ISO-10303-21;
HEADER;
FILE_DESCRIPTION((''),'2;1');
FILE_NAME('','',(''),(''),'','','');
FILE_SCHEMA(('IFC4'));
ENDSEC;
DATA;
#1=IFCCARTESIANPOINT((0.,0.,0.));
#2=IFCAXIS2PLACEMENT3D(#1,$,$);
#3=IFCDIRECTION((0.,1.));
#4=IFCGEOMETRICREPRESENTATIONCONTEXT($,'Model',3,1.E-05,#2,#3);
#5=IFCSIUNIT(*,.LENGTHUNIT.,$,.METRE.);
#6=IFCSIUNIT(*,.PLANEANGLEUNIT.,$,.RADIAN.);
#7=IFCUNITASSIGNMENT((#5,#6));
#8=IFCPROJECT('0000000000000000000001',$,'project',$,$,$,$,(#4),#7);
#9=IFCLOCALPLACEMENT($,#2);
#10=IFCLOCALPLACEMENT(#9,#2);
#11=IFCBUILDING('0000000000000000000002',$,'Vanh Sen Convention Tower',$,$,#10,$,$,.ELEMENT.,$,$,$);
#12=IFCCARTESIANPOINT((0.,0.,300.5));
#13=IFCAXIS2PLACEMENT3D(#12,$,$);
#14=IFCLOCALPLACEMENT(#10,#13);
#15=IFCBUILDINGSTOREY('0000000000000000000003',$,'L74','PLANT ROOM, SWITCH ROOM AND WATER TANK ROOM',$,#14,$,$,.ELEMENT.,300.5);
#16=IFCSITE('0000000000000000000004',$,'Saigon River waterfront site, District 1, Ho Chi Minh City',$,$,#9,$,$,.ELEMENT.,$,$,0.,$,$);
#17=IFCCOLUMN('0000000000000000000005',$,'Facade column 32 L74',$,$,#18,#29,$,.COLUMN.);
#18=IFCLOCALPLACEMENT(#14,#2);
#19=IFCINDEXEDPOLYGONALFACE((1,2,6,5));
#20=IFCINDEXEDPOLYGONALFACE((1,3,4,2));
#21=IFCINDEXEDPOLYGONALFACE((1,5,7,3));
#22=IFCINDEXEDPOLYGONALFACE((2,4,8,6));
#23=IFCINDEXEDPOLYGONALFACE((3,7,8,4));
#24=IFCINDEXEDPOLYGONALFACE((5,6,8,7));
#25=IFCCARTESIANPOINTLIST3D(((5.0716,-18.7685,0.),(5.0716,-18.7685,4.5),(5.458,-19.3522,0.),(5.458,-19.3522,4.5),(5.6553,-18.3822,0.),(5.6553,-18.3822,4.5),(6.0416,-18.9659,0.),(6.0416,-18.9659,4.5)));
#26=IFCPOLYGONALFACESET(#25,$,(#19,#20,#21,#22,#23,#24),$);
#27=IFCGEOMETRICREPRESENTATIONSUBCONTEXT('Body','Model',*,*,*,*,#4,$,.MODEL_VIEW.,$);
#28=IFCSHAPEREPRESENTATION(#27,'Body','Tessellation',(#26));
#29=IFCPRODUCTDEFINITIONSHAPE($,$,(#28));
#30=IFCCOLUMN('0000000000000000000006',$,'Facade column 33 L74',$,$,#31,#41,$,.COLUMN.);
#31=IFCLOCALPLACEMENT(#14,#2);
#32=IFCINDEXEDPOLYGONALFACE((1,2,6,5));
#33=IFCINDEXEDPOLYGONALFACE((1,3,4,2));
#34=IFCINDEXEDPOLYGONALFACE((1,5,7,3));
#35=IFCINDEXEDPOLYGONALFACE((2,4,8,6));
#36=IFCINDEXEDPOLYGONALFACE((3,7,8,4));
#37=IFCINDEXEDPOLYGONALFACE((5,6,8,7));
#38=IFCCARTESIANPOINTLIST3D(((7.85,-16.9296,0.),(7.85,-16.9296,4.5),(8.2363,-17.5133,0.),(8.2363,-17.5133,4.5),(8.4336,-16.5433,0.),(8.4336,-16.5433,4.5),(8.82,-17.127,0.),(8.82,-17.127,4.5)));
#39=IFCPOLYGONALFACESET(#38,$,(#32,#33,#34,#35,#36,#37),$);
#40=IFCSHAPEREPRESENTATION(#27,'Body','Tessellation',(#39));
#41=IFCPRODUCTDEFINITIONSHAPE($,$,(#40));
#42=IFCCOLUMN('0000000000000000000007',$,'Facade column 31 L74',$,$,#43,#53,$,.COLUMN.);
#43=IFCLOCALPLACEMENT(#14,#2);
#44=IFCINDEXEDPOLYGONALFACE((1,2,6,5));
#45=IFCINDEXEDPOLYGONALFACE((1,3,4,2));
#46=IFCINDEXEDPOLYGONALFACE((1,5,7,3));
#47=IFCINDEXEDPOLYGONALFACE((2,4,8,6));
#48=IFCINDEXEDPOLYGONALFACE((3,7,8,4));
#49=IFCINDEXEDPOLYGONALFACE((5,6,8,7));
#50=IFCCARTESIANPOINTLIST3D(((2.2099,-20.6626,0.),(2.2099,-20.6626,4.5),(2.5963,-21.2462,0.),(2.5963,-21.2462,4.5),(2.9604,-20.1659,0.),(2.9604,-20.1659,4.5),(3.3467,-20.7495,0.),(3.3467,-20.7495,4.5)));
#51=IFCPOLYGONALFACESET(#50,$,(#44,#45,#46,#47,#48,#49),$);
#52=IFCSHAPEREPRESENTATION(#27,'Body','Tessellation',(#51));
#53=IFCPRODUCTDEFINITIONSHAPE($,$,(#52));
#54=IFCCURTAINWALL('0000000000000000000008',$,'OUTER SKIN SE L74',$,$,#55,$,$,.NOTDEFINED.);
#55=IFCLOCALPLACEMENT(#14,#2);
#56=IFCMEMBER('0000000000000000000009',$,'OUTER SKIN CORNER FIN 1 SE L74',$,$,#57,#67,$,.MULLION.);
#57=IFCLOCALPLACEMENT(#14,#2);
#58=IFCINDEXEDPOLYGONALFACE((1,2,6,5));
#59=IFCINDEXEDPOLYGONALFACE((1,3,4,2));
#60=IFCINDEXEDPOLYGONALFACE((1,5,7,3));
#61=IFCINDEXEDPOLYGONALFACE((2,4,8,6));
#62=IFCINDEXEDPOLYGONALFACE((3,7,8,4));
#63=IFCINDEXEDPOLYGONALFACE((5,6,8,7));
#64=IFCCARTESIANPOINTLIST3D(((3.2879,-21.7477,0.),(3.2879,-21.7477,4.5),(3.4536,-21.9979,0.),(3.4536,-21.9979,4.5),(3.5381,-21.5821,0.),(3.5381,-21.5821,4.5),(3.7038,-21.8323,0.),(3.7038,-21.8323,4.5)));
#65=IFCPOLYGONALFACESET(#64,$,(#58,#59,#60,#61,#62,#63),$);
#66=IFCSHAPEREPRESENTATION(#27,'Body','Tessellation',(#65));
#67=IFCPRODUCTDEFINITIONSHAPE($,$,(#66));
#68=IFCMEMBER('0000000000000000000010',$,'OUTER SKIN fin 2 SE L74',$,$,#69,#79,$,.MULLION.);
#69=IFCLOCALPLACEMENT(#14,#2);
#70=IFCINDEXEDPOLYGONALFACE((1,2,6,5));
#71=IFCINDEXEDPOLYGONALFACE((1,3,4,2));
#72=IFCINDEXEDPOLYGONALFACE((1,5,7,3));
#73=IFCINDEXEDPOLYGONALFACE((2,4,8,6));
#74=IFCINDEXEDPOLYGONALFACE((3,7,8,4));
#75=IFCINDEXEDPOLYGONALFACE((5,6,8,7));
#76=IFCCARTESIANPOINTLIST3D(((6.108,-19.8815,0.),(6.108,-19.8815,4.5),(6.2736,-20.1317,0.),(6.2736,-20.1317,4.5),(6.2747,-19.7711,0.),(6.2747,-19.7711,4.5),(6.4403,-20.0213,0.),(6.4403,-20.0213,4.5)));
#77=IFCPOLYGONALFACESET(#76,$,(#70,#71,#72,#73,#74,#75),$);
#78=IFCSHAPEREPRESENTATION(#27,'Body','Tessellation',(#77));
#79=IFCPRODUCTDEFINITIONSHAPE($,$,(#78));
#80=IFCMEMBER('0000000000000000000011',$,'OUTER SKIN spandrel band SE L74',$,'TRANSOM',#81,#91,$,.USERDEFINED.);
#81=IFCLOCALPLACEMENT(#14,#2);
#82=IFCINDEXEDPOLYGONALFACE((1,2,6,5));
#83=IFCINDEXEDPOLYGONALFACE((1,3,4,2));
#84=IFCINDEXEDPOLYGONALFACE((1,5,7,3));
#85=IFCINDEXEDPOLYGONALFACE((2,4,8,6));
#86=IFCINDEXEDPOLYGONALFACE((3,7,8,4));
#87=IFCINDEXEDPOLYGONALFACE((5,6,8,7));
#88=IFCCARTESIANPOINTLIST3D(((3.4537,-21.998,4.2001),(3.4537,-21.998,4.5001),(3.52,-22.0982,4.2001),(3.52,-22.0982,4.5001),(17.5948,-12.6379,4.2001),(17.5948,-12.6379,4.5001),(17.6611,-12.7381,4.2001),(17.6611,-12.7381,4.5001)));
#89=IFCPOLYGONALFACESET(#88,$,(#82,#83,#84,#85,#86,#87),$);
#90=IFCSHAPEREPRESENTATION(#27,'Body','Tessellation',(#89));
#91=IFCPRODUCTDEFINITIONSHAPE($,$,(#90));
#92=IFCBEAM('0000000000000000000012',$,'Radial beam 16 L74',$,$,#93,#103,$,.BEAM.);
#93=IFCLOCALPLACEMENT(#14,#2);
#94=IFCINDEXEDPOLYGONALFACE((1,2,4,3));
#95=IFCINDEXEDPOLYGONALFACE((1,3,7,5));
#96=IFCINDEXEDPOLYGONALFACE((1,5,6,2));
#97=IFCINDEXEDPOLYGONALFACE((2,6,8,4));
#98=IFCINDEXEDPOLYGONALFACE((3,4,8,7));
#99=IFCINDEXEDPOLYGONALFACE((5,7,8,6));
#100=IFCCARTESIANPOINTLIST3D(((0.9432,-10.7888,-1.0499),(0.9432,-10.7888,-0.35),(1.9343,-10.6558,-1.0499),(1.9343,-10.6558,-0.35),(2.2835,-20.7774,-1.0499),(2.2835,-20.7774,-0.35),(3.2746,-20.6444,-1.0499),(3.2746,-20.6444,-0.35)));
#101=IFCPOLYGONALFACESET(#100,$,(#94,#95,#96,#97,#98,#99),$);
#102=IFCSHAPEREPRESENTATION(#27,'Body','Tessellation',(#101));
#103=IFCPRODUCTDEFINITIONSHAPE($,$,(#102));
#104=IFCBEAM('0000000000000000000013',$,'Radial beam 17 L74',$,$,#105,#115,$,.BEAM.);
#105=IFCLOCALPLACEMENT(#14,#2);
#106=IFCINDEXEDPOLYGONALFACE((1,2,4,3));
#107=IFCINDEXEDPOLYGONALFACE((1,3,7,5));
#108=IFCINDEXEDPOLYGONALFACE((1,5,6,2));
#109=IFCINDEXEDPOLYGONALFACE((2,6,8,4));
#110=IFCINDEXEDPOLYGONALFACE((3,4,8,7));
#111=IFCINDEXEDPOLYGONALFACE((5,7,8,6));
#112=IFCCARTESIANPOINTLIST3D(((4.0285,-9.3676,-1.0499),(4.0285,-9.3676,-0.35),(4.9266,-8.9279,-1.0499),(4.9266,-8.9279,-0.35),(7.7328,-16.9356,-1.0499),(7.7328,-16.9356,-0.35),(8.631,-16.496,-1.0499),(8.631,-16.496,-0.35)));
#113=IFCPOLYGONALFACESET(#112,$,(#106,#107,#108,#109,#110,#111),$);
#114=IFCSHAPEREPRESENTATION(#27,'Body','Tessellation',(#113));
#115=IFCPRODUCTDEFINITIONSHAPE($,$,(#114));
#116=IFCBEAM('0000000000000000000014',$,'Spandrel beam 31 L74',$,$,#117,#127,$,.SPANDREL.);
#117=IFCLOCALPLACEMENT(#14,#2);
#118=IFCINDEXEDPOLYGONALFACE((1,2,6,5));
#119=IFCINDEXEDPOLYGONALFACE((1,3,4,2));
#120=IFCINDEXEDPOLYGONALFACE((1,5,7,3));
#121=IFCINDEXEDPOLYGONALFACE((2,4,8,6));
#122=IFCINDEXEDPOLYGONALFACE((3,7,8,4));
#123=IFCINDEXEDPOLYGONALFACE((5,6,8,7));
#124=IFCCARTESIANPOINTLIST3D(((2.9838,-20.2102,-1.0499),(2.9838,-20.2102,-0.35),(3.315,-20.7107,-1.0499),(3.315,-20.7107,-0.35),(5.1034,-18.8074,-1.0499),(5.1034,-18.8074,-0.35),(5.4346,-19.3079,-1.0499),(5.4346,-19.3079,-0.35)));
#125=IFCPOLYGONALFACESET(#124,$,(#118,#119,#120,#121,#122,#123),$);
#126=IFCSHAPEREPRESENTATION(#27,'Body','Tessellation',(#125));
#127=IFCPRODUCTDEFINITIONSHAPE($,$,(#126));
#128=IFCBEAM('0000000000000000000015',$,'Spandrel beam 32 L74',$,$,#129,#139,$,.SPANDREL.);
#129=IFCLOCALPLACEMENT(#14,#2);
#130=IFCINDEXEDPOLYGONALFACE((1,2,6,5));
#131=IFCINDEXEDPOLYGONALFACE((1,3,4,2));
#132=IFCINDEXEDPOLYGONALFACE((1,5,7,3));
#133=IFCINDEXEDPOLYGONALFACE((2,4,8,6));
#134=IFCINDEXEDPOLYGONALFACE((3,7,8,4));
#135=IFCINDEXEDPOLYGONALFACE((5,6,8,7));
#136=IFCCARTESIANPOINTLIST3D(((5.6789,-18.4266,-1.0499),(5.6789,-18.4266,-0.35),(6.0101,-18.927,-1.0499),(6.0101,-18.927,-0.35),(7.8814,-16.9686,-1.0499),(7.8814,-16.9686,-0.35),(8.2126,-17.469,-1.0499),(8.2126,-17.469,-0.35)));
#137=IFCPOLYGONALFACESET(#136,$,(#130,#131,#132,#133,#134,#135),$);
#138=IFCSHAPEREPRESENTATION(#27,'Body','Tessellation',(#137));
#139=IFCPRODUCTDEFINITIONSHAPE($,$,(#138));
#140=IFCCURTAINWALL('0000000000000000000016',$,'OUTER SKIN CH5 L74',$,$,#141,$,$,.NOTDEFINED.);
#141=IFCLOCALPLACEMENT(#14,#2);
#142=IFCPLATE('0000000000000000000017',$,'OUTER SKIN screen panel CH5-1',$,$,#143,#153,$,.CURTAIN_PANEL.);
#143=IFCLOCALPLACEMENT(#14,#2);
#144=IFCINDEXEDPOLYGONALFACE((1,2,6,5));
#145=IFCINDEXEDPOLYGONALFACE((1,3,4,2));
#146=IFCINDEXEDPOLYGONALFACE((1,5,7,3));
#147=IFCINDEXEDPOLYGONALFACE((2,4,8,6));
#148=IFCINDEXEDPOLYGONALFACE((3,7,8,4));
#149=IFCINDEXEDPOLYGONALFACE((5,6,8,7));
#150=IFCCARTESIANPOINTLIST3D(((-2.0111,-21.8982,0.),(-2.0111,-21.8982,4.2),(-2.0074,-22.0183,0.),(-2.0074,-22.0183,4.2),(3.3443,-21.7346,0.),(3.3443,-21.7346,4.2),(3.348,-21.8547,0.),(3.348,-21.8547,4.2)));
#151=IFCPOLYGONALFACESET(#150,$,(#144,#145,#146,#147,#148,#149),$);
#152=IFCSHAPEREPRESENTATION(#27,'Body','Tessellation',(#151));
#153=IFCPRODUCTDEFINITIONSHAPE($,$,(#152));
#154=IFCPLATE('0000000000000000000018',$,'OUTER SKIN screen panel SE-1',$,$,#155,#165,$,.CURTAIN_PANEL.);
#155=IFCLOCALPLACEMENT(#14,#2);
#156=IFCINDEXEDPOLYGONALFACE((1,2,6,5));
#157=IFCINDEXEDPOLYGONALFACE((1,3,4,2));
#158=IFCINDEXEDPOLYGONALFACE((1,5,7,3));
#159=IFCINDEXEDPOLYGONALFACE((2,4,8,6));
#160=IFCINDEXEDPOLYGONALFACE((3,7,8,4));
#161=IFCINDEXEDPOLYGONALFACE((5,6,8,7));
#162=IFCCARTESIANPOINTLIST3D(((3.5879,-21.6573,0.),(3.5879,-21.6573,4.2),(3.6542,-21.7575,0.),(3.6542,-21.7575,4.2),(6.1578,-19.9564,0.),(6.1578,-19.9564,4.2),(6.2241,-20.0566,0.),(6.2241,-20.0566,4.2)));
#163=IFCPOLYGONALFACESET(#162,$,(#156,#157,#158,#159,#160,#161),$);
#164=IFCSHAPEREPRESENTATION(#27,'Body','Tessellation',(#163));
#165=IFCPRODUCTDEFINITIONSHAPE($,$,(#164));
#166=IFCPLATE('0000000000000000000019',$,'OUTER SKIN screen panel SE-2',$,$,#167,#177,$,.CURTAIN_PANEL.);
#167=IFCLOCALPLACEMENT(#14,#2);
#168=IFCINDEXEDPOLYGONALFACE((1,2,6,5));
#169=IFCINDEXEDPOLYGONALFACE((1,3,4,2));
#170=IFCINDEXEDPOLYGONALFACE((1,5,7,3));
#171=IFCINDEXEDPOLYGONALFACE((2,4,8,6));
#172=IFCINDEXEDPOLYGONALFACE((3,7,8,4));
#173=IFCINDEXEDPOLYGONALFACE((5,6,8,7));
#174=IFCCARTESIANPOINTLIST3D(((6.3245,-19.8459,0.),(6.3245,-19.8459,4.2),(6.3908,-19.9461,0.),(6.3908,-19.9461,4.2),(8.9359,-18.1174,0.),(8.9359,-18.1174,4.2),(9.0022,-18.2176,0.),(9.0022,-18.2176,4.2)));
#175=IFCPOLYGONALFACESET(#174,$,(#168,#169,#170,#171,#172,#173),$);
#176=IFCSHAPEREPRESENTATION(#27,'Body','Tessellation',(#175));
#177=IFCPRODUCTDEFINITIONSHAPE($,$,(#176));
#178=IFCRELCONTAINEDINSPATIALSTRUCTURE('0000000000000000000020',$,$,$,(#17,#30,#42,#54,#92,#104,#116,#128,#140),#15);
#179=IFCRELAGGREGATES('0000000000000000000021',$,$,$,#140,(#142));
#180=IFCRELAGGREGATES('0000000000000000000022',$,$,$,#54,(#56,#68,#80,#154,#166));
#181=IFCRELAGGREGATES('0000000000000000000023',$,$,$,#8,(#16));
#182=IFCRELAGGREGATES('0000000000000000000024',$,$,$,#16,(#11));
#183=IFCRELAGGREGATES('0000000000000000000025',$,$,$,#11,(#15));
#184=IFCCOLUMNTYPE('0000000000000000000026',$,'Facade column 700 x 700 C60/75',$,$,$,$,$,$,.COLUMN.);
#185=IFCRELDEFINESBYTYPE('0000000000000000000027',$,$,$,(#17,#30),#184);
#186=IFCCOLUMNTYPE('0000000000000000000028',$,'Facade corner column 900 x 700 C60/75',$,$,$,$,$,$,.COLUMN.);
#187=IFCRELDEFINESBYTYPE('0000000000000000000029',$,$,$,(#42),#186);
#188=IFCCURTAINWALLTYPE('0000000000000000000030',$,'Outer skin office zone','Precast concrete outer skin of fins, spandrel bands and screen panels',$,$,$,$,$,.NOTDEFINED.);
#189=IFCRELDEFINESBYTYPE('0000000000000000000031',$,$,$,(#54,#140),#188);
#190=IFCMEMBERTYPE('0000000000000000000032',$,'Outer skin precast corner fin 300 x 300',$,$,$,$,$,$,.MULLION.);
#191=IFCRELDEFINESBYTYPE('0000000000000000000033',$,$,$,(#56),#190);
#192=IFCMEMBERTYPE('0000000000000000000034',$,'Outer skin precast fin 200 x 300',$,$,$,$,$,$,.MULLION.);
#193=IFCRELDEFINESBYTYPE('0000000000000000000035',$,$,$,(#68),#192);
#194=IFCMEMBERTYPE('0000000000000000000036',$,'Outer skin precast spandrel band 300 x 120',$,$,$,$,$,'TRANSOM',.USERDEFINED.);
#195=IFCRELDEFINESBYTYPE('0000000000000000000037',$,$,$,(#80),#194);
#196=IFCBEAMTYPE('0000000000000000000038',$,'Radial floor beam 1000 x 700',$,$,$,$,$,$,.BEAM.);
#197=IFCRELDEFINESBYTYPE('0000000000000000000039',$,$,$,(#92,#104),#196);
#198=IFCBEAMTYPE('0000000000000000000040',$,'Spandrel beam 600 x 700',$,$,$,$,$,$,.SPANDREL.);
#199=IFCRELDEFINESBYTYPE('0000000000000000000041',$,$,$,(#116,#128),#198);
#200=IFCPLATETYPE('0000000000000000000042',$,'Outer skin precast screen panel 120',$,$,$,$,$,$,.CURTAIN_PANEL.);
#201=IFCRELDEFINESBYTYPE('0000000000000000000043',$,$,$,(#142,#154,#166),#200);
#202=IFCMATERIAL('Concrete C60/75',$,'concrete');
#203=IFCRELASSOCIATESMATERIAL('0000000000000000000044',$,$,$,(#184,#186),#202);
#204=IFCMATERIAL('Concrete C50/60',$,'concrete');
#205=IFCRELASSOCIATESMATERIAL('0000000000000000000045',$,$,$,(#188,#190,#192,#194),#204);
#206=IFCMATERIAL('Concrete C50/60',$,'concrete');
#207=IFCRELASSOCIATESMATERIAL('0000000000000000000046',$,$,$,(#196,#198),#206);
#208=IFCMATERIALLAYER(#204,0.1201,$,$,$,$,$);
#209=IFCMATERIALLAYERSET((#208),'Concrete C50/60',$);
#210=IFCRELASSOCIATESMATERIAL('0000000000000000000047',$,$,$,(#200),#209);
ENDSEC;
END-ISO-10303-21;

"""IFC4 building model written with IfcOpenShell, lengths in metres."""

from ifc_helpers import new_model, si_unit, direction, frame, origin, origin_2d, place, context, subcontext, project, spatial, rectangle, extrude, material, layer, layer_set, material_profile, profile_set, type_object, element, aggregate, save


model = new_model("IFC4")

# Units and contexts
model_context = context("Model", 3, precision=1e-05, world=origin(), true_north=direction((0.0, 1.0)))
body_context = subcontext(model_context, "Body", "Model", "MODEL_VIEW")
ifc_project = project(units=[si_unit("LENGTHUNIT", "METRE"), si_unit("PLANEANGLEUNIT", "RADIAN")], contexts=[model_context])

# Site, building, storey
site_placement = place(None, origin())
site = spatial("IfcSite", under=ifc_project, at=site_placement, Name="Saigon River waterfront site, District 1, Ho Chi Minh City", CompositionType="ELEMENT", RefElevation=0.0)
building_placement = place(site_placement, origin())
building = spatial("IfcBuilding", under=site, at=building_placement, Name="Vanh Sen Convention Tower", CompositionType="ELEMENT")
storey_placement = place(building_placement, frame((0.0, 0.0, 300.5)))
storey = spatial("IfcBuildingStorey", under=building, at=storey_placement, Name="L74", Description="PLANT ROOM, SWITCH ROOM AND WATER TANK ROOM", CompositionType="ELEMENT", Elevation=300.5)

# Columns
ifc_material_1 = material(Name="Concrete C60/75", Category="concrete")
ifc_material_profile_1 = material_profile(ifc_material_1, rectangle(XDim=0.7, YDim=0.7, at=origin_2d()), Name="RC 700X700")
ifc_profile_set_1 = profile_set([ifc_material_profile_1], Name="Concrete C60/75")
column_type_1 = type_object("IfcColumnType", Name="Facade column 700 x 700 C60/75", PredefinedType="COLUMN", material=ifc_profile_set_1)
for number, where, z_axis, x_axis, name in (
    (1, (5.5566, -18.8672, 0.0), (0.0, 0.0, 1.0), (0.833886, 0.551937, 0.0), "Facade column 32 L74"),
    (2, (8.335, -17.0283, 0.0), (0.0, 0.0, 1.0), (0.833886, 0.551937, 0.0), "Facade column 33 L74"),
):
    element("IfcColumn", number, at=place(storey_placement, frame(where, z_axis=z_axis, x_axis=x_axis)), inside=storey, type_object=column_type_1, Name=name, PredefinedType="COLUMN", context=body_context, shape_type="SweptSolid", body=[
        extrude(rectangle(XDim=0.7, YDim=0.7, at=origin_2d()), origin(), (0.0, 0.0, 1.0), 4.5),
    ])
ifc_material_profile_2 = material_profile(ifc_material_1, rectangle(XDim=0.8999, YDim=0.7, at=origin_2d()), Name="RC 900X700")
ifc_profile_set_2 = profile_set([ifc_material_profile_2], Name="Concrete C60/75")
column_type_2 = type_object("IfcColumnType", Name="Facade corner column 900 x 700 C60/75", PredefinedType="COLUMN", material=ifc_profile_set_2)
column_placement = place(storey_placement, frame((2.7783, -20.7061, 0.0), z_axis=(0.0, 0.0, 1.0), x_axis=(0.833886, 0.551937, 0.0)))
element("IfcColumn", 3, at=column_placement, inside=storey, type_object=column_type_2, Name="Facade column 31 L74", PredefinedType="COLUMN", context=body_context, shape_type="SweptSolid", body=[
    extrude(rectangle(XDim=0.8999, YDim=0.7, at=origin_2d()), origin(), (0.0, 0.0, 1.0), 4.5),
])

# Curtain wall, members
ifc_material_2 = material(Name="Concrete C50/60", Category="concrete")
curtain_wall_type = type_object("IfcCurtainWallType", Name="Outer skin office zone", Description="Precast concrete outer skin of fins, spandrel bands and screen panels", PredefinedType="NOTDEFINED", material=ifc_material_2)
curtain_wall_1_placement = place(storey_placement, origin())
curtain_wall_1 = element("IfcCurtainWall", 4, at=curtain_wall_1_placement, inside=storey, type_object=curtain_wall_type, Name="OUTER SKIN SE L74", PredefinedType="NOTDEFINED")
ifc_material_profile_3 = material_profile(ifc_material_2, rectangle(XDim=0.3, YDim=0.3, at=origin_2d()), Name="Outer skin precast corner fin 300 x 300")
ifc_profile_set_3 = profile_set([ifc_material_profile_3], Name="Concrete C50/60")
member_type_1 = type_object("IfcMemberType", Name="Outer skin precast corner fin 300 x 300", PredefinedType="MULLION", material=ifc_profile_set_3)
member_1_placement = place(storey_placement, frame((3.4958, -21.79, 0.0), z_axis=(0.0, 0.0, 1.0), x_axis=(0.833886, 0.551937, 0.0)))
member_1 = element("IfcMember", 5, at=member_1_placement, type_object=member_type_1, Name="OUTER SKIN CORNER FIN 1 SE L74", PredefinedType="MULLION", context=body_context, shape_type="SweptSolid", body=[
    extrude(rectangle(XDim=0.3, YDim=0.3, at=origin_2d()), origin(), (0.0, 0.0, 1.0), 4.5),
])
ifc_material_profile_4 = material_profile(ifc_material_2, rectangle(XDim=0.2, YDim=0.3, at=origin_2d()), Name="Outer skin precast fin 200 x 300")
ifc_profile_set_4 = profile_set([ifc_material_profile_4], Name="Concrete C50/60")
member_type_2 = type_object("IfcMemberType", Name="Outer skin precast fin 200 x 300", PredefinedType="MULLION", material=ifc_profile_set_4)
member_2_placement = place(storey_placement, frame((6.2742, -19.9514, 0.0), z_axis=(0.0, 0.0, 1.0), x_axis=(0.833886, 0.551937, 0.0)))
member_2 = element("IfcMember", 6, at=member_2_placement, type_object=member_type_2, Name="OUTER SKIN fin 2 SE L74", PredefinedType="MULLION", context=body_context, shape_type="SweptSolid", body=[
    extrude(rectangle(XDim=0.2, YDim=0.3, at=origin_2d()), origin(), (0.0, 0.0, 1.0), 4.5),
])
ifc_material_profile_5 = material_profile(ifc_material_2, rectangle(XDim=0.1201, YDim=0.3, at=origin_2d()), Name="Outer skin precast spandrel band 300 x 120")
ifc_profile_set_5 = profile_set([ifc_material_profile_5], Name="Concrete C50/60")
member_type_3 = type_object("IfcMemberType", Name="Outer skin precast spandrel band 300 x 120", ElementType="TRANSOM", PredefinedType="USERDEFINED", material=ifc_profile_set_5)
member_3_placement = place(storey_placement, frame((3.4868, -22.0481, 4.3501), z_axis=(0.833877, 0.55195, 0.0), x_axis=(-0.55195, 0.833877, 0.0)))
member_3 = element("IfcMember", 7, at=member_3_placement, type_object=member_type_3, Name="OUTER SKIN spandrel band SE L74", ObjectType="TRANSOM", PredefinedType="USERDEFINED", context=body_context, shape_type="SweptSolid", body=[
    extrude(rectangle(XDim=0.1201, YDim=0.3, at=origin_2d()), origin(), (0.0, 0.0, 1.0), 16.9583),
])

# Beams
ifc_material_3 = material(Name="Concrete C50/60", Category="concrete")
ifc_material_profile_6 = material_profile(ifc_material_3, rectangle(XDim=1.0, YDim=0.7, at=origin_2d()), Name="RC 1000X700")
ifc_profile_set_6 = profile_set([ifc_material_profile_6], Name="Concrete C50/60")
beam_type_1 = type_object("IfcBeamType", Name="Radial floor beam 1000 x 700", PredefinedType="BEAM", material=ifc_profile_set_6)
beam_1_placement = place(storey_placement, frame((2.7791, -20.7109, -0.7), z_axis=(-0.132995, 0.991117, 0.0), x_axis=(-0.991117, -0.132995, 0.0)))
element("IfcBeam", 8, at=beam_1_placement, inside=storey, type_object=beam_type_1, Name="Radial beam 16 L74", PredefinedType="BEAM", context=body_context, shape_type="SweptSolid", body=[
    extrude(rectangle(XDim=1.0, YDim=0.7, at=origin_2d()), origin(), (0.0, 0.0, 1.0), 10.0781),
])
beam_2_placement = place(storey_placement, frame((8.1819, -16.7158, -0.7), z_axis=(-0.439629, 0.898179, 0.0), x_axis=(-0.898179, -0.439629, 0.0)))
element("IfcBeam", 9, at=beam_2_placement, inside=storey, type_object=beam_type_1, Name="Radial beam 17 L74", PredefinedType="BEAM", context=body_context, shape_type="SweptSolid", body=[
    extrude(rectangle(XDim=1.0, YDim=0.7, at=origin_2d()), origin(), (0.0, 0.0, 1.0), 8.426),
])
ifc_material_profile_7 = material_profile(ifc_material_3, rectangle(XDim=0.6001, YDim=0.7, at=origin_2d()), Name="RC 600X700")
ifc_profile_set_7 = profile_set([ifc_material_profile_7], Name="Concrete C50/60")
beam_type_2 = type_object("IfcBeamType", Name="Spandrel beam 600 x 700", PredefinedType="SPANDREL", material=ifc_profile_set_7)
beam_3_placement = place(storey_placement, frame((3.1494, -20.4604, -0.7), z_axis=(0.833908, 0.551904, 0.0), x_axis=(-0.551904, 0.833908, 0.0)))
element("IfcBeam", 10, at=beam_3_placement, inside=storey, type_object=beam_type_2, Name="Spandrel beam 31 L74", PredefinedType="SPANDREL", context=body_context, shape_type="SweptSolid", body=[
    extrude(rectangle(XDim=0.6001, YDim=0.7, at=origin_2d()), origin(), (0.0, 0.0, 1.0), 2.5417),
])
beam_4_placement = place(storey_placement, frame((5.8445, -18.6768, -0.7), z_axis=(0.833866, 0.551967, 0.0), x_axis=(-0.551967, 0.833866, 0.0)))
element("IfcBeam", 11, at=beam_4_placement, inside=storey, type_object=beam_type_2, Name="Spandrel beam 32 L74", PredefinedType="SPANDREL", context=body_context, shape_type="SweptSolid", body=[
    extrude(rectangle(XDim=0.6001, YDim=0.7, at=origin_2d()), origin(), (0.0, 0.0, 1.0), 2.6414),
])

# Curtain wall, plate
curtain_wall_2_placement = place(storey_placement, origin())
curtain_wall_2 = element("IfcCurtainWall", 12, at=curtain_wall_2_placement, inside=storey, type_object=curtain_wall_type, Name="OUTER SKIN CH5 L74", PredefinedType="NOTDEFINED")
ifc_layer_1 = layer(ifc_material_2, 0.1201)
ifc_layer_set_1 = layer_set([ifc_layer_1], Name="Concrete C50/60")
plate_type = type_object("IfcPlateType", Name="Outer skin precast screen panel 120", PredefinedType="CURTAIN_PANEL", material=ifc_layer_set_1)
plate_1_placement = place(storey_placement, frame((0.6685, -21.8765, 0.0), z_axis=(0.0, 0.0, 1.0), x_axis=(0.999534, 0.030539, 0.0)))
plate_1 = element("IfcPlate", 13, at=plate_1_placement, type_object=plate_type, Name="OUTER SKIN screen panel CH5-1", PredefinedType="CURTAIN_PANEL", context=body_context, shape_type="SweptSolid", body=[
    extrude(rectangle(XDim=5.3579, YDim=0.1201, at=origin_2d()), origin(), (0.0, 0.0, 1.0), 4.2),
])
aggregate(curtain_wall_2, [plate_1])

# Plates
plate_2_placement = place(storey_placement, frame((4.906, -20.8569, 0.0), z_axis=(0.0, 0.0, 1.0), x_axis=(0.833902, 0.551912, 0.0)))
plate_2 = element("IfcPlate", 14, at=plate_2_placement, type_object=plate_type, Name="OUTER SKIN screen panel SE-1", PredefinedType="CURTAIN_PANEL", context=body_context, shape_type="SweptSolid", body=[
    extrude(rectangle(XDim=3.0818, YDim=0.1201, at=origin_2d()), origin(), (0.0, 0.0, 1.0), 4.2),
])
plate_3_placement = place(storey_placement, frame((7.6633, -19.0317, 0.0), z_axis=(0.0, 0.0, 1.0), x_axis=(0.833879, 0.551947, 0.0)))
plate_3 = element("IfcPlate", 15, at=plate_3_placement, type_object=plate_type, Name="OUTER SKIN screen panel SE-2", PredefinedType="CURTAIN_PANEL", context=body_context, shape_type="SweptSolid", body=[
    extrude(rectangle(XDim=3.1316, YDim=0.1201, at=origin_2d()), origin(), (0.0, 0.0, 1.0), 4.2),
])
aggregate(curtain_wall_1, [member_1, member_2, member_3, plate_2, plate_3])

save(model, "model.ifc")
